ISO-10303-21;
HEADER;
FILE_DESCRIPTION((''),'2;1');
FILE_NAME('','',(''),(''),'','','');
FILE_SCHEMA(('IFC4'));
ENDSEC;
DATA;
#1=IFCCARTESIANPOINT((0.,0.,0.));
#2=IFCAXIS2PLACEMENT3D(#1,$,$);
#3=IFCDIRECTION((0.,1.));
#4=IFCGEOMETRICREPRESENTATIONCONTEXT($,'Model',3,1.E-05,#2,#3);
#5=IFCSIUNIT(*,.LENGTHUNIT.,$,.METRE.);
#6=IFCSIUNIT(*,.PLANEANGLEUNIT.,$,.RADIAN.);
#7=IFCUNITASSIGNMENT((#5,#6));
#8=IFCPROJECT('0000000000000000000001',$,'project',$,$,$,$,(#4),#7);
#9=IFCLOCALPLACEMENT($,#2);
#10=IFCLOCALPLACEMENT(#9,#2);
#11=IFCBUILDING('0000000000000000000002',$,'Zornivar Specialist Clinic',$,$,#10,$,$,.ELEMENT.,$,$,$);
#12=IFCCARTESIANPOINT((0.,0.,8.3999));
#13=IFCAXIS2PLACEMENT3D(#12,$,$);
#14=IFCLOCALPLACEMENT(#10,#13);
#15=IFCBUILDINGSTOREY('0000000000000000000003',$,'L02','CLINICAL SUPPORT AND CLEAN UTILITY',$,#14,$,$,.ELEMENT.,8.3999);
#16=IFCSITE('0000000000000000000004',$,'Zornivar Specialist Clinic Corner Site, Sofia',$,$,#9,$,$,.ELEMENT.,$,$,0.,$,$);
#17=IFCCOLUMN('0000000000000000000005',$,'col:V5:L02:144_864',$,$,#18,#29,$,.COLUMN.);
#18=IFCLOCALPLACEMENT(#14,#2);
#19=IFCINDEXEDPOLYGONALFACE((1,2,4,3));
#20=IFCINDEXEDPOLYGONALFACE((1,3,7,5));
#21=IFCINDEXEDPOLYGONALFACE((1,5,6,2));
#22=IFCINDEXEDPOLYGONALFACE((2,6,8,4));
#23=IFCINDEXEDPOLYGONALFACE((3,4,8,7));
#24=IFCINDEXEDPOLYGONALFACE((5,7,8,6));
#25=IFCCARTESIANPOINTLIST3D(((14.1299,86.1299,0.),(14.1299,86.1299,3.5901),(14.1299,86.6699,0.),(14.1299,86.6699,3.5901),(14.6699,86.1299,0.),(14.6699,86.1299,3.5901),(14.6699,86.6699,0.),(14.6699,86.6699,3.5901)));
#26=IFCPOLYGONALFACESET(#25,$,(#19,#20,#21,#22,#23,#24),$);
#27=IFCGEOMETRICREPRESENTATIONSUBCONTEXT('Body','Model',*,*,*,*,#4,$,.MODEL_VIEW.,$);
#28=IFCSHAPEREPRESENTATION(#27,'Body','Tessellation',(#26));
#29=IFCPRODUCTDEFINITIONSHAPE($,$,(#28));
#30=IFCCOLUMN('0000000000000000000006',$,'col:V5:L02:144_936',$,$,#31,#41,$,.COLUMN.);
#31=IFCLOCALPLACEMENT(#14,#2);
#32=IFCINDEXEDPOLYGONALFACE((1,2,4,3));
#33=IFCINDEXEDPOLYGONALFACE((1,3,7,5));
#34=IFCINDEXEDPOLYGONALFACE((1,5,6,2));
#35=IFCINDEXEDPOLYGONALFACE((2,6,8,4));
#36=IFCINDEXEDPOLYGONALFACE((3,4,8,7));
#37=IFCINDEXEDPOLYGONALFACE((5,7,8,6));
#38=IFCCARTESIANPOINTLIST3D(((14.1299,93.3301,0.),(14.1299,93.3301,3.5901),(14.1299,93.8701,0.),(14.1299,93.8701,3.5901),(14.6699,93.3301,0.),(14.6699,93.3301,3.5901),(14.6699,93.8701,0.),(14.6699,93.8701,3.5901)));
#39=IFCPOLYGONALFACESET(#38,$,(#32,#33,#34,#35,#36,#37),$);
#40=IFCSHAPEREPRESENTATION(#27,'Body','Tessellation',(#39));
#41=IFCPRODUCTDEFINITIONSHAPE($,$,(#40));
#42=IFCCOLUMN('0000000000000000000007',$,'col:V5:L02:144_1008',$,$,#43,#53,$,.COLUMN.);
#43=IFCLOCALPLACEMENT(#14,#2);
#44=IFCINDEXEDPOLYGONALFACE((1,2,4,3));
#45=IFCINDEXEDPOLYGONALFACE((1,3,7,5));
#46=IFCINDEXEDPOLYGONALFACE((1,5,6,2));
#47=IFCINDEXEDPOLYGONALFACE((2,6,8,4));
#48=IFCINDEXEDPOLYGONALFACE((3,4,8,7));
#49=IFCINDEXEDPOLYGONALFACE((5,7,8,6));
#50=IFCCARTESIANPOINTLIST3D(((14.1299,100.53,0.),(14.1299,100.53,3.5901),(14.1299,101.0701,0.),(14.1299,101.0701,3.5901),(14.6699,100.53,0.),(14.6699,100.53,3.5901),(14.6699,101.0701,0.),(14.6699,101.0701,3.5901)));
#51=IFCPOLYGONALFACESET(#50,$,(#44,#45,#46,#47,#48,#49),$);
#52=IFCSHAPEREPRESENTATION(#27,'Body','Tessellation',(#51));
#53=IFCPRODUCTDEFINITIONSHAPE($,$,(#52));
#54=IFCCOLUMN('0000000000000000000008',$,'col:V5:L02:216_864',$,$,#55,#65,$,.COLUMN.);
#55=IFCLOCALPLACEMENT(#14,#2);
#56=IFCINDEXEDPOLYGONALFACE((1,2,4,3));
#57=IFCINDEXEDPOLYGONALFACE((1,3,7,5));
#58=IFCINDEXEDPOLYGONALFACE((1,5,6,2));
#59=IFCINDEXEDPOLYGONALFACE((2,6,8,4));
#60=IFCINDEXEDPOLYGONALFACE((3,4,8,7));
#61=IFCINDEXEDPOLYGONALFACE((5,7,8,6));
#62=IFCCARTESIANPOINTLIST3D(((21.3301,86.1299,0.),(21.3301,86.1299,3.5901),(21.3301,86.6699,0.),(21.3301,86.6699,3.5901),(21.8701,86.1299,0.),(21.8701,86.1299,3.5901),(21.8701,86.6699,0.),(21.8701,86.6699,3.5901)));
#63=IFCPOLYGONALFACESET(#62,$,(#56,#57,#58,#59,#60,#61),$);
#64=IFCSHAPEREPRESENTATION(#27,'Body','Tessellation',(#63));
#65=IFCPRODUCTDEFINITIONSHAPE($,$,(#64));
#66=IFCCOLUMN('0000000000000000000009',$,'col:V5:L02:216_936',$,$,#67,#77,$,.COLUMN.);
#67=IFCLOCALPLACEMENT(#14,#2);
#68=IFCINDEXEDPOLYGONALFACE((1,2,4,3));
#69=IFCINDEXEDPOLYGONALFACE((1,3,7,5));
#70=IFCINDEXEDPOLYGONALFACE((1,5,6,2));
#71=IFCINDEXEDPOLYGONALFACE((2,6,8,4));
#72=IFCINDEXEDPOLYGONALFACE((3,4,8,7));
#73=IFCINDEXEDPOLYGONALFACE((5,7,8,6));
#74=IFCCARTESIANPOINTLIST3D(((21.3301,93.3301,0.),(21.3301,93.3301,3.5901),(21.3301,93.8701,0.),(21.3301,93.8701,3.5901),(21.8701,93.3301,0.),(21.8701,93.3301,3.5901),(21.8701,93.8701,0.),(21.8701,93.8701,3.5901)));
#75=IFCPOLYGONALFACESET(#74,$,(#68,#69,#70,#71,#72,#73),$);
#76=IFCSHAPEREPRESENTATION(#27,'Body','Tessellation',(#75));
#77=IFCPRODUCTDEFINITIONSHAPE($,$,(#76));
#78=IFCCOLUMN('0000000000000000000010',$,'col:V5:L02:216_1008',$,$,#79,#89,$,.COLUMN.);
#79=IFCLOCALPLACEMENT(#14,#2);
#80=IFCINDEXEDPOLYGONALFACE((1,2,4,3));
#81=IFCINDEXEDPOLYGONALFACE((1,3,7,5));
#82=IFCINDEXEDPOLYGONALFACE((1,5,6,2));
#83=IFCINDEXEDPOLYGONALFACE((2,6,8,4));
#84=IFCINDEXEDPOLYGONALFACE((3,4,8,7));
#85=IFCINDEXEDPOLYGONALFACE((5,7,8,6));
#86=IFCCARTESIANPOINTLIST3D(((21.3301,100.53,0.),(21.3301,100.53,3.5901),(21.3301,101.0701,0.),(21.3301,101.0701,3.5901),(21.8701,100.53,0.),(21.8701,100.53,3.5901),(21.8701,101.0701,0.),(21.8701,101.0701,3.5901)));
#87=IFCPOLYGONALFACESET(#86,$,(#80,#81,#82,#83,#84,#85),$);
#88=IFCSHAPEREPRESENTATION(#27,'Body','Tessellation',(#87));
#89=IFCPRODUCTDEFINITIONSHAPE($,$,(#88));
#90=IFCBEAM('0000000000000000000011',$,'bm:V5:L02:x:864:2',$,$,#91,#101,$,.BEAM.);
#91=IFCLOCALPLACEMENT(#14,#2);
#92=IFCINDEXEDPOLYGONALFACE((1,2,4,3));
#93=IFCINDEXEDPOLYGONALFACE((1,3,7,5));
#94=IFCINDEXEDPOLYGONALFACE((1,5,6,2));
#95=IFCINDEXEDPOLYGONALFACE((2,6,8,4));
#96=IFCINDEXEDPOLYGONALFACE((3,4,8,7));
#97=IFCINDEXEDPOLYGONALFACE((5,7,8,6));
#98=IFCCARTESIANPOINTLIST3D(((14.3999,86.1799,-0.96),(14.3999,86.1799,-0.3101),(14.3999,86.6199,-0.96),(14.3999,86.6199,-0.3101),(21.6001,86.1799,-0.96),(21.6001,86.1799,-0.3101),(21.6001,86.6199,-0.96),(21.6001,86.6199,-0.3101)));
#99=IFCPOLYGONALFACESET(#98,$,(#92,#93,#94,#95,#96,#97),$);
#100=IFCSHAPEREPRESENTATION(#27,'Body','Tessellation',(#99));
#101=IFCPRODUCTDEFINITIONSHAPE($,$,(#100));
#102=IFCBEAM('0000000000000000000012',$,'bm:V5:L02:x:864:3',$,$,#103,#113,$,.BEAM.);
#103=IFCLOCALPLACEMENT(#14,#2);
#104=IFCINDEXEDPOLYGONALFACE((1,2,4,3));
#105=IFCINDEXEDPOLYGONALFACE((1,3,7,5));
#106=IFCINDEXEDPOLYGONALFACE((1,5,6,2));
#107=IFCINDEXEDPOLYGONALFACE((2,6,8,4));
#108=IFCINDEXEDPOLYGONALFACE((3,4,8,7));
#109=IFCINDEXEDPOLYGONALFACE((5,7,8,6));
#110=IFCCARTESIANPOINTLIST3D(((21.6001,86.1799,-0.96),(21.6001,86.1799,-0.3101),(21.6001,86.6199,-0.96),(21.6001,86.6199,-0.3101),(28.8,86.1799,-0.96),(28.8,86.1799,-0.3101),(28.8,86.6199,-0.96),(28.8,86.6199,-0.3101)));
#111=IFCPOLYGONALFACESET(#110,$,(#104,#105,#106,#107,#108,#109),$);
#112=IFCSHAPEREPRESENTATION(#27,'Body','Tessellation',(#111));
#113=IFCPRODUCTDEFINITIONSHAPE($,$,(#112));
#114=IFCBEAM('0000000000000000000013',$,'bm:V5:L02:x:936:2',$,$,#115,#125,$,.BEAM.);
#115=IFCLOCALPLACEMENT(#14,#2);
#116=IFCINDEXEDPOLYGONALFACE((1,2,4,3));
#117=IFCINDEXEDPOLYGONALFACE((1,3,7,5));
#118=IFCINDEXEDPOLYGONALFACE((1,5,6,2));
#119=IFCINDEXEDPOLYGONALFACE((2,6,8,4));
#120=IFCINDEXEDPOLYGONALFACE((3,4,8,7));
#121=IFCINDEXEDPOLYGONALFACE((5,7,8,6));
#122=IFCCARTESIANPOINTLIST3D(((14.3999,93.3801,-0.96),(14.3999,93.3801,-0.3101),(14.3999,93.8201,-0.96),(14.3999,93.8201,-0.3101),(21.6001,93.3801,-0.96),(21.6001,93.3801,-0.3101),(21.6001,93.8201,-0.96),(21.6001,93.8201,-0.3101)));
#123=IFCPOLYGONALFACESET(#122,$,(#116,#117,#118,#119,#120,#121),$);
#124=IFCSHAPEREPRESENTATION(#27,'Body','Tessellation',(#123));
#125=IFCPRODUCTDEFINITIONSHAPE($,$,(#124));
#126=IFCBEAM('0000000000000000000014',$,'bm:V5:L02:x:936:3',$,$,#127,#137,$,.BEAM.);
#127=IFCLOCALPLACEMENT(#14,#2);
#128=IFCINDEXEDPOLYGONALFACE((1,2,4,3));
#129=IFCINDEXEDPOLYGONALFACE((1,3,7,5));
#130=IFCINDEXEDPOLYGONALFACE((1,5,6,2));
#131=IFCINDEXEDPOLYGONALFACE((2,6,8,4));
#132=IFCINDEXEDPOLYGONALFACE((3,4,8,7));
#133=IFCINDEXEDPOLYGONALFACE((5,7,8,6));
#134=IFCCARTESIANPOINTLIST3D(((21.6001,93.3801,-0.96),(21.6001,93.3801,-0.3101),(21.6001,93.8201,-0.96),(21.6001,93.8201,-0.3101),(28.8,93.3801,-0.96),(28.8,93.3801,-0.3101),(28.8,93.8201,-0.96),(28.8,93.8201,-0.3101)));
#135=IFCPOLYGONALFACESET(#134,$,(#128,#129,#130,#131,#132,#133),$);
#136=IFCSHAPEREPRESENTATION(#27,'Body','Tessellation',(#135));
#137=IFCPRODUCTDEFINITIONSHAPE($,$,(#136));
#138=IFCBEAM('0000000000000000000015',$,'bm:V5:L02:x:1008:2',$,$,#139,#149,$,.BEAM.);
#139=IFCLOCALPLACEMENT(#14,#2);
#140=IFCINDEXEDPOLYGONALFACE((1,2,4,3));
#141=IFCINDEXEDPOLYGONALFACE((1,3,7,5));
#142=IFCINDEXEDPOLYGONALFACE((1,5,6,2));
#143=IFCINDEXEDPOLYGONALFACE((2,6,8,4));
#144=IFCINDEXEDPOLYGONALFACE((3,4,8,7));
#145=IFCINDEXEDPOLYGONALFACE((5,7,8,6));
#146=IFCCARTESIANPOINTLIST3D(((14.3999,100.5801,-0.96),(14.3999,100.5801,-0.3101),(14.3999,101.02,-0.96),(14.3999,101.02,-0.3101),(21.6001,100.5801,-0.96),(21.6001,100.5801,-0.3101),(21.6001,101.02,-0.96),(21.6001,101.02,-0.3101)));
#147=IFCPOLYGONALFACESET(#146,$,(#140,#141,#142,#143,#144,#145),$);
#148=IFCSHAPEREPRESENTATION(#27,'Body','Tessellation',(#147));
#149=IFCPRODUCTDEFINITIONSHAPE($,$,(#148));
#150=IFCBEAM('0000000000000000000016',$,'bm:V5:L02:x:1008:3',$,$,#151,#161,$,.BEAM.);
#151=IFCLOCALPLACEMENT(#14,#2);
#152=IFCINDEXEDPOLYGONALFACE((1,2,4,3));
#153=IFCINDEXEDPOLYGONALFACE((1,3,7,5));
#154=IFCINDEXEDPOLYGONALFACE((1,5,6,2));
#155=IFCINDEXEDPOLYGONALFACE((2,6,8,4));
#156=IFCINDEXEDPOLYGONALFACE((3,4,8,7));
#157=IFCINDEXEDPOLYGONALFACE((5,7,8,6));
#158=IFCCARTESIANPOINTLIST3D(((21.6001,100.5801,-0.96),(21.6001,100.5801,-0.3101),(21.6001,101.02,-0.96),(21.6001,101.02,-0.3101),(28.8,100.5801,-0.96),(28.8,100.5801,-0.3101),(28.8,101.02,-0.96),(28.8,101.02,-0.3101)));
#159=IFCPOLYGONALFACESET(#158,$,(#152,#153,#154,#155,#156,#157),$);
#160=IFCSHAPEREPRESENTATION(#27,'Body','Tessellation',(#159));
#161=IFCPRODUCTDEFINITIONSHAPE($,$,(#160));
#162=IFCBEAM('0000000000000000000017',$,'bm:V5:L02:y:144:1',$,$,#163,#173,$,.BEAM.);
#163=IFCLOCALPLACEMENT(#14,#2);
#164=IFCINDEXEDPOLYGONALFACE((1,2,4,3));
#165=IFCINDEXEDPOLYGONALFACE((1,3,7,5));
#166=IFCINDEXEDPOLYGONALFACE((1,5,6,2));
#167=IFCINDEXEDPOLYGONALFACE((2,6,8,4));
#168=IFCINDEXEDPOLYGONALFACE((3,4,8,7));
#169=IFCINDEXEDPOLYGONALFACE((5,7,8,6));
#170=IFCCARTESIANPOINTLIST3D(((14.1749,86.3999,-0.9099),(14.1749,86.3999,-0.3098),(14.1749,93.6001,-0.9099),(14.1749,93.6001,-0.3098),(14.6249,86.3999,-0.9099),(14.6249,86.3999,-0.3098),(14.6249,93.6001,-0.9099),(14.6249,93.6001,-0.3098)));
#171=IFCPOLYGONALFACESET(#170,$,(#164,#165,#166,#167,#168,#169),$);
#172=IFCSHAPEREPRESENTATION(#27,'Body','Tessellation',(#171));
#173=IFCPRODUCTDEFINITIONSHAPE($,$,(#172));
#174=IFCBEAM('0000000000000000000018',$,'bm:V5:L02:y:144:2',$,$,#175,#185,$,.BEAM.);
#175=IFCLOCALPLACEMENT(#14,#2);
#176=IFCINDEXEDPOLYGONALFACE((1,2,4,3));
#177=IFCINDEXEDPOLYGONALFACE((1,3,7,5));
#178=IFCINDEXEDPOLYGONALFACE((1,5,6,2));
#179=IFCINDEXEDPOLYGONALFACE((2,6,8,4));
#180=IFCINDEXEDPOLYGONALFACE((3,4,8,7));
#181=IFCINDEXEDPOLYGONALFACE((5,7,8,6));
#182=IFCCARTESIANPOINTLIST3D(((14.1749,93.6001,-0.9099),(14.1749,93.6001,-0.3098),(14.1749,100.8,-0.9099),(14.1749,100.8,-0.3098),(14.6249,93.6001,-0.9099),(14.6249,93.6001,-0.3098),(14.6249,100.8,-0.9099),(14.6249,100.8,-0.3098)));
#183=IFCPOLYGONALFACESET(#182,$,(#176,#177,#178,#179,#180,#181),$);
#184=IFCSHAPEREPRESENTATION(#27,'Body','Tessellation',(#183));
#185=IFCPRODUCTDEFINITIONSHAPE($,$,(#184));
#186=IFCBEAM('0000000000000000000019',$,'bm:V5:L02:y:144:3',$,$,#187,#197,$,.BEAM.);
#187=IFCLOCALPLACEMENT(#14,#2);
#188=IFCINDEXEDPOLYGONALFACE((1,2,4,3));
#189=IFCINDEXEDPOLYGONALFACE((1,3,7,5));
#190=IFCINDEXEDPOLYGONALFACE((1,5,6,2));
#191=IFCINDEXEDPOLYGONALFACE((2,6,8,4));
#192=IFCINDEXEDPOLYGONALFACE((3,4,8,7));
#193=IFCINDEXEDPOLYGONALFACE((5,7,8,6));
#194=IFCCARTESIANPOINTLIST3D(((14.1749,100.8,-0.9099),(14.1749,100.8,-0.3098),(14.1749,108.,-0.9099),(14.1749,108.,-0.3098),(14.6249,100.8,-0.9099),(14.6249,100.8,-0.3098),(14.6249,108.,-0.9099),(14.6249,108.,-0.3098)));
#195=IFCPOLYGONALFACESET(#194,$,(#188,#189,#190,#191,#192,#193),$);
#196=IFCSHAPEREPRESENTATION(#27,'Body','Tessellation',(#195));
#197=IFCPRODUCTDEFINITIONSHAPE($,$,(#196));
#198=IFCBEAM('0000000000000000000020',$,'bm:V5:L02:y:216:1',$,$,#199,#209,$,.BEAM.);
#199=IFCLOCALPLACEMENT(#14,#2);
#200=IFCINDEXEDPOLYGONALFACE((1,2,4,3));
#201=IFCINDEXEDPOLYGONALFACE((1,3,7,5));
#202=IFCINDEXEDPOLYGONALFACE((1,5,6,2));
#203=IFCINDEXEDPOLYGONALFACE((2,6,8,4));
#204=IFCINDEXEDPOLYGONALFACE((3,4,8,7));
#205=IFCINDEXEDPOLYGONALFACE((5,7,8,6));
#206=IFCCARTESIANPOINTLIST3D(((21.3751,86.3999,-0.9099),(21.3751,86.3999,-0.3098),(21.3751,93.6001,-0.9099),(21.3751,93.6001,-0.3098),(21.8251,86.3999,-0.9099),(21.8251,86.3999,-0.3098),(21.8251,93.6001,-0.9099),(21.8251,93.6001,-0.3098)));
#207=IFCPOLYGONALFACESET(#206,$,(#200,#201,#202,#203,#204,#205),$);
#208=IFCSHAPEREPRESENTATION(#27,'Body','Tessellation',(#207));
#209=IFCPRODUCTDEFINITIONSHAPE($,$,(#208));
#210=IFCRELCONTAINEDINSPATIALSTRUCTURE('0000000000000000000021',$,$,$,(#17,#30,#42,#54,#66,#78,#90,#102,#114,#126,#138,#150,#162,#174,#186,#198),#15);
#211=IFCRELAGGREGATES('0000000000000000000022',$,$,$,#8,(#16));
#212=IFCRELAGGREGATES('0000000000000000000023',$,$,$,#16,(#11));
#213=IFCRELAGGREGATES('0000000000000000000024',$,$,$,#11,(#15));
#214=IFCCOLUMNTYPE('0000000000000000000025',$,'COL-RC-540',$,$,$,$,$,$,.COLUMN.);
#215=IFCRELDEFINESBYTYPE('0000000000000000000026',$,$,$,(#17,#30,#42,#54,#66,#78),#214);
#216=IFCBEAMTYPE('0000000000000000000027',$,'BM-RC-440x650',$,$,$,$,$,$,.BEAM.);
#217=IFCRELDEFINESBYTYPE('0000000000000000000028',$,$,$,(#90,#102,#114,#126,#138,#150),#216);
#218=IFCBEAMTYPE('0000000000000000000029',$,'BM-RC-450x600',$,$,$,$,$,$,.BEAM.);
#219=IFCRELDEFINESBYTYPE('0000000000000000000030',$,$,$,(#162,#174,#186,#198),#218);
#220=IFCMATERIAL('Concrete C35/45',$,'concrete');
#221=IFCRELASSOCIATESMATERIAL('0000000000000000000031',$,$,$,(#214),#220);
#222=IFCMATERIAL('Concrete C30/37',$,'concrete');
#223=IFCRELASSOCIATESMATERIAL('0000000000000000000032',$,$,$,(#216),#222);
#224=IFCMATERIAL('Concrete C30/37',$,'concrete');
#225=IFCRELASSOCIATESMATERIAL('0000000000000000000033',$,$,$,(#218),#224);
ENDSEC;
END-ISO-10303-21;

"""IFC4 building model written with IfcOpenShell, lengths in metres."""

from ifc_helpers import new_model, si_unit, direction, frame, origin, origin_2d, place, context, subcontext, project, spatial, rectangle, extrude, material, material_profile, profile_set, type_object, element, save


model = new_model("IFC4")

# Units and contexts
model_context = context("Model", 3, precision=1e-05, world=origin(), true_north=direction((0.0, 1.0)))
body_context = subcontext(model_context, "Body", "Model", "MODEL_VIEW")
ifc_project = project(units=[si_unit("LENGTHUNIT", "METRE"), si_unit("PLANEANGLEUNIT", "RADIAN")], contexts=[model_context])

# Site, building, storey
site_placement = place(None, origin())
site = spatial("IfcSite", under=ifc_project, at=site_placement, Name="Zornivar Specialist Clinic Corner Site, Sofia", CompositionType="ELEMENT", RefElevation=0.0)
building_placement = place(site_placement, origin())
building = spatial("IfcBuilding", under=site, at=building_placement, Name="Zornivar Specialist Clinic", CompositionType="ELEMENT")
storey_placement = place(building_placement, frame((0.0, 0.0, 8.3999)))
storey = spatial("IfcBuildingStorey", under=building, at=storey_placement, Name="L02", Description="CLINICAL SUPPORT AND CLEAN UTILITY", CompositionType="ELEMENT", Elevation=8.3999)

# Columns
ifc_material_1 = material(Name="Concrete C35/45", Category="concrete")
ifc_material_profile_1 = material_profile(ifc_material_1, rectangle(XDim=0.54, YDim=0.54, at=origin_2d()), Name="RC 540x540")
ifc_profile_set_1 = profile_set([ifc_material_profile_1], Name="Concrete C35/45")
column_type = type_object("IfcColumnType", Name="COL-RC-540", PredefinedType="COLUMN", material=ifc_profile_set_1)
for number, where, z_axis, x_axis, name in (
    (1, (14.3999, 86.3999, 0.0), (0.0, 0.0, 1.0), (1.0, 0.0, 0.0), "col:V5:L02:144_864"),
    (2, (14.3999, 93.6001, 0.0), (0.0, 0.0, 1.0), (1.0, 0.0, 0.0), "col:V5:L02:144_936"),
    (3, (14.3999, 100.8, 0.0), (0.0, 0.0, 1.0), (1.0, 0.0, 0.0), "col:V5:L02:144_1008"),
    (4, (21.6001, 86.3999, 0.0), (0.0, 0.0, 1.0), (1.0, 0.0, 0.0), "col:V5:L02:216_864"),
    (5, (21.6001, 93.6001, 0.0), (0.0, 0.0, 1.0), (1.0, 0.0, 0.0), "col:V5:L02:216_936"),
    (6, (21.6001, 100.8, 0.0), (0.0, 0.0, 1.0), (1.0, 0.0, 0.0), "col:V5:L02:216_1008"),
):
    element("IfcColumn", number, at=place(storey_placement, frame(where, z_axis=z_axis, x_axis=x_axis)), inside=storey, type_object=column_type, Name=name, PredefinedType="COLUMN", context=body_context, shape_type="SweptSolid", body=[
        extrude(rectangle(XDim=0.54, YDim=0.54, at=origin_2d()), origin(), (0.0, 0.0, 1.0), 3.5901),
    ])

# Beams
ifc_material_2 = material(Name="Concrete C30/37", Category="concrete")
ifc_material_profile_2 = material_profile(ifc_material_2, rectangle(XDim=0.4399, YDim=0.6499, at=origin_2d()), Name="RC 440x650")
ifc_profile_set_2 = profile_set([ifc_material_profile_2], Name="Concrete C30/37")
beam_type_1 = type_object("IfcBeamType", Name="BM-RC-440x650", PredefinedType="BEAM", material=ifc_profile_set_2)
beam_1_placement = place(storey_placement, frame((14.3999, 86.3999, -0.635), z_axis=(1.0, 0.0, 0.0), x_axis=(0.0, 1.0, 0.0)))
element("IfcBeam", 7, at=beam_1_placement, inside=storey, type_object=beam_type_1, Name="bm:V5:L02:x:864:2", PredefinedType="BEAM", context=body_context, shape_type="SweptSolid", body=[
    extrude(rectangle(XDim=0.4399, YDim=0.6499, at=origin_2d()), origin(), (0.0, 0.0, 1.0), 7.2002),
])
beam_2_placement = place(storey_placement, frame((21.6001, 86.3999, -0.635), z_axis=(1.0, 0.0, 0.0), x_axis=(0.0, 1.0, 0.0)))
element("IfcBeam", 8, at=beam_2_placement, inside=storey, type_object=beam_type_1, Name="bm:V5:L02:x:864:3", PredefinedType="BEAM", context=body_context, shape_type="SweptSolid", body=[
    extrude(rectangle(XDim=0.4399, YDim=0.6499, at=origin_2d()), origin(), (0.0, 0.0, 1.0), 7.2),
])
beam_3_placement = place(storey_placement, frame((14.3999, 93.6001, -0.635), z_axis=(1.0, 0.0, 0.0), x_axis=(0.0, 1.0, 0.0)))
element("IfcBeam", 9, at=beam_3_placement, inside=storey, type_object=beam_type_1, Name="bm:V5:L02:x:936:2", PredefinedType="BEAM", context=body_context, shape_type="SweptSolid", body=[
    extrude(rectangle(XDim=0.4399, YDim=0.6499, at=origin_2d()), origin(), (0.0, 0.0, 1.0), 7.2002),
])
beam_4_placement = place(storey_placement, frame((21.6001, 93.6001, -0.635), z_axis=(1.0, 0.0, 0.0), x_axis=(0.0, 1.0, 0.0)))
element("IfcBeam", 10, at=beam_4_placement, inside=storey, type_object=beam_type_1, Name="bm:V5:L02:x:936:3", PredefinedType="BEAM", context=body_context, shape_type="SweptSolid", body=[
    extrude(rectangle(XDim=0.4399, YDim=0.6499, at=origin_2d()), origin(), (0.0, 0.0, 1.0), 7.2),
])
beam_5_placement = place(storey_placement, frame((14.3999, 100.8, -0.635), z_axis=(1.0, 0.0, 0.0), x_axis=(0.0, 1.0, 0.0)))
element("IfcBeam", 11, at=beam_5_placement, inside=storey, type_object=beam_type_1, Name="bm:V5:L02:x:1008:2", PredefinedType="BEAM", context=body_context, shape_type="SweptSolid", body=[
    extrude(rectangle(XDim=0.4399, YDim=0.6499, at=origin_2d()), origin(), (0.0, 0.0, 1.0), 7.2002),
])
beam_6_placement = place(storey_placement, frame((21.6001, 100.8, -0.635), z_axis=(1.0, 0.0, 0.0), x_axis=(0.0, 1.0, 0.0)))
element("IfcBeam", 12, at=beam_6_placement, inside=storey, type_object=beam_type_1, Name="bm:V5:L02:x:1008:3", PredefinedType="BEAM", context=body_context, shape_type="SweptSolid", body=[
    extrude(rectangle(XDim=0.4399, YDim=0.6499, at=origin_2d()), origin(), (0.0, 0.0, 1.0), 7.2),
])
ifc_material_3 = material(Name="Concrete C30/37", Category="concrete")
ifc_material_profile_3 = material_profile(ifc_material_3, rectangle(XDim=0.45, YDim=0.6001, at=origin_2d()), Name="RC 450x600")
ifc_profile_set_3 = profile_set([ifc_material_profile_3], Name="Concrete C30/37")
beam_type_2 = type_object("IfcBeamType", Name="BM-RC-450x600", PredefinedType="BEAM", material=ifc_profile_set_3)
beam_7_placement = place(storey_placement, frame((14.3999, 86.3999, -0.6099), z_axis=(0.0, 1.0, 0.0), x_axis=(-1.0, 0.0, 0.0)))
element("IfcBeam", 13, at=beam_7_placement, inside=storey, type_object=beam_type_2, Name="bm:V5:L02:y:144:1", PredefinedType="BEAM", context=body_context, shape_type="SweptSolid", body=[
    extrude(rectangle(XDim=0.45, YDim=0.6001, at=origin_2d()), origin(), (0.0, 0.0, 1.0), 7.2002),
])
for number, where, z_axis, x_axis, name in (
    (14, (14.3999, 93.6001, -0.6099), (0.0, 1.0, 0.0), (-1.0, 0.0, 0.0), "bm:V5:L02:y:144:2"),
    (15, (14.3999, 100.8, -0.6099), (0.0, 1.0, 0.0), (-1.0, 0.0, 0.0), "bm:V5:L02:y:144:3"),
):
    element("IfcBeam", number, at=place(storey_placement, frame(where, z_axis=z_axis, x_axis=x_axis)), inside=storey, type_object=beam_type_2, Name=name, PredefinedType="BEAM", context=body_context, shape_type="SweptSolid", body=[
        extrude(rectangle(XDim=0.45, YDim=0.6001, at=origin_2d()), origin(), (0.0, 0.0, 1.0), 7.2),
    ])
beam_8_placement = place(storey_placement, frame((21.6001, 86.3999, -0.6099), z_axis=(0.0, 1.0, 0.0), x_axis=(-1.0, 0.0, 0.0)))
element("IfcBeam", 16, at=beam_8_placement, inside=storey, type_object=beam_type_2, Name="bm:V5:L02:y:216:1", PredefinedType="BEAM", context=body_context, shape_type="SweptSolid", body=[
    extrude(rectangle(XDim=0.45, YDim=0.6001, at=origin_2d()), origin(), (0.0, 0.0, 1.0), 7.2002),
])

save(model, "model.ifc")
